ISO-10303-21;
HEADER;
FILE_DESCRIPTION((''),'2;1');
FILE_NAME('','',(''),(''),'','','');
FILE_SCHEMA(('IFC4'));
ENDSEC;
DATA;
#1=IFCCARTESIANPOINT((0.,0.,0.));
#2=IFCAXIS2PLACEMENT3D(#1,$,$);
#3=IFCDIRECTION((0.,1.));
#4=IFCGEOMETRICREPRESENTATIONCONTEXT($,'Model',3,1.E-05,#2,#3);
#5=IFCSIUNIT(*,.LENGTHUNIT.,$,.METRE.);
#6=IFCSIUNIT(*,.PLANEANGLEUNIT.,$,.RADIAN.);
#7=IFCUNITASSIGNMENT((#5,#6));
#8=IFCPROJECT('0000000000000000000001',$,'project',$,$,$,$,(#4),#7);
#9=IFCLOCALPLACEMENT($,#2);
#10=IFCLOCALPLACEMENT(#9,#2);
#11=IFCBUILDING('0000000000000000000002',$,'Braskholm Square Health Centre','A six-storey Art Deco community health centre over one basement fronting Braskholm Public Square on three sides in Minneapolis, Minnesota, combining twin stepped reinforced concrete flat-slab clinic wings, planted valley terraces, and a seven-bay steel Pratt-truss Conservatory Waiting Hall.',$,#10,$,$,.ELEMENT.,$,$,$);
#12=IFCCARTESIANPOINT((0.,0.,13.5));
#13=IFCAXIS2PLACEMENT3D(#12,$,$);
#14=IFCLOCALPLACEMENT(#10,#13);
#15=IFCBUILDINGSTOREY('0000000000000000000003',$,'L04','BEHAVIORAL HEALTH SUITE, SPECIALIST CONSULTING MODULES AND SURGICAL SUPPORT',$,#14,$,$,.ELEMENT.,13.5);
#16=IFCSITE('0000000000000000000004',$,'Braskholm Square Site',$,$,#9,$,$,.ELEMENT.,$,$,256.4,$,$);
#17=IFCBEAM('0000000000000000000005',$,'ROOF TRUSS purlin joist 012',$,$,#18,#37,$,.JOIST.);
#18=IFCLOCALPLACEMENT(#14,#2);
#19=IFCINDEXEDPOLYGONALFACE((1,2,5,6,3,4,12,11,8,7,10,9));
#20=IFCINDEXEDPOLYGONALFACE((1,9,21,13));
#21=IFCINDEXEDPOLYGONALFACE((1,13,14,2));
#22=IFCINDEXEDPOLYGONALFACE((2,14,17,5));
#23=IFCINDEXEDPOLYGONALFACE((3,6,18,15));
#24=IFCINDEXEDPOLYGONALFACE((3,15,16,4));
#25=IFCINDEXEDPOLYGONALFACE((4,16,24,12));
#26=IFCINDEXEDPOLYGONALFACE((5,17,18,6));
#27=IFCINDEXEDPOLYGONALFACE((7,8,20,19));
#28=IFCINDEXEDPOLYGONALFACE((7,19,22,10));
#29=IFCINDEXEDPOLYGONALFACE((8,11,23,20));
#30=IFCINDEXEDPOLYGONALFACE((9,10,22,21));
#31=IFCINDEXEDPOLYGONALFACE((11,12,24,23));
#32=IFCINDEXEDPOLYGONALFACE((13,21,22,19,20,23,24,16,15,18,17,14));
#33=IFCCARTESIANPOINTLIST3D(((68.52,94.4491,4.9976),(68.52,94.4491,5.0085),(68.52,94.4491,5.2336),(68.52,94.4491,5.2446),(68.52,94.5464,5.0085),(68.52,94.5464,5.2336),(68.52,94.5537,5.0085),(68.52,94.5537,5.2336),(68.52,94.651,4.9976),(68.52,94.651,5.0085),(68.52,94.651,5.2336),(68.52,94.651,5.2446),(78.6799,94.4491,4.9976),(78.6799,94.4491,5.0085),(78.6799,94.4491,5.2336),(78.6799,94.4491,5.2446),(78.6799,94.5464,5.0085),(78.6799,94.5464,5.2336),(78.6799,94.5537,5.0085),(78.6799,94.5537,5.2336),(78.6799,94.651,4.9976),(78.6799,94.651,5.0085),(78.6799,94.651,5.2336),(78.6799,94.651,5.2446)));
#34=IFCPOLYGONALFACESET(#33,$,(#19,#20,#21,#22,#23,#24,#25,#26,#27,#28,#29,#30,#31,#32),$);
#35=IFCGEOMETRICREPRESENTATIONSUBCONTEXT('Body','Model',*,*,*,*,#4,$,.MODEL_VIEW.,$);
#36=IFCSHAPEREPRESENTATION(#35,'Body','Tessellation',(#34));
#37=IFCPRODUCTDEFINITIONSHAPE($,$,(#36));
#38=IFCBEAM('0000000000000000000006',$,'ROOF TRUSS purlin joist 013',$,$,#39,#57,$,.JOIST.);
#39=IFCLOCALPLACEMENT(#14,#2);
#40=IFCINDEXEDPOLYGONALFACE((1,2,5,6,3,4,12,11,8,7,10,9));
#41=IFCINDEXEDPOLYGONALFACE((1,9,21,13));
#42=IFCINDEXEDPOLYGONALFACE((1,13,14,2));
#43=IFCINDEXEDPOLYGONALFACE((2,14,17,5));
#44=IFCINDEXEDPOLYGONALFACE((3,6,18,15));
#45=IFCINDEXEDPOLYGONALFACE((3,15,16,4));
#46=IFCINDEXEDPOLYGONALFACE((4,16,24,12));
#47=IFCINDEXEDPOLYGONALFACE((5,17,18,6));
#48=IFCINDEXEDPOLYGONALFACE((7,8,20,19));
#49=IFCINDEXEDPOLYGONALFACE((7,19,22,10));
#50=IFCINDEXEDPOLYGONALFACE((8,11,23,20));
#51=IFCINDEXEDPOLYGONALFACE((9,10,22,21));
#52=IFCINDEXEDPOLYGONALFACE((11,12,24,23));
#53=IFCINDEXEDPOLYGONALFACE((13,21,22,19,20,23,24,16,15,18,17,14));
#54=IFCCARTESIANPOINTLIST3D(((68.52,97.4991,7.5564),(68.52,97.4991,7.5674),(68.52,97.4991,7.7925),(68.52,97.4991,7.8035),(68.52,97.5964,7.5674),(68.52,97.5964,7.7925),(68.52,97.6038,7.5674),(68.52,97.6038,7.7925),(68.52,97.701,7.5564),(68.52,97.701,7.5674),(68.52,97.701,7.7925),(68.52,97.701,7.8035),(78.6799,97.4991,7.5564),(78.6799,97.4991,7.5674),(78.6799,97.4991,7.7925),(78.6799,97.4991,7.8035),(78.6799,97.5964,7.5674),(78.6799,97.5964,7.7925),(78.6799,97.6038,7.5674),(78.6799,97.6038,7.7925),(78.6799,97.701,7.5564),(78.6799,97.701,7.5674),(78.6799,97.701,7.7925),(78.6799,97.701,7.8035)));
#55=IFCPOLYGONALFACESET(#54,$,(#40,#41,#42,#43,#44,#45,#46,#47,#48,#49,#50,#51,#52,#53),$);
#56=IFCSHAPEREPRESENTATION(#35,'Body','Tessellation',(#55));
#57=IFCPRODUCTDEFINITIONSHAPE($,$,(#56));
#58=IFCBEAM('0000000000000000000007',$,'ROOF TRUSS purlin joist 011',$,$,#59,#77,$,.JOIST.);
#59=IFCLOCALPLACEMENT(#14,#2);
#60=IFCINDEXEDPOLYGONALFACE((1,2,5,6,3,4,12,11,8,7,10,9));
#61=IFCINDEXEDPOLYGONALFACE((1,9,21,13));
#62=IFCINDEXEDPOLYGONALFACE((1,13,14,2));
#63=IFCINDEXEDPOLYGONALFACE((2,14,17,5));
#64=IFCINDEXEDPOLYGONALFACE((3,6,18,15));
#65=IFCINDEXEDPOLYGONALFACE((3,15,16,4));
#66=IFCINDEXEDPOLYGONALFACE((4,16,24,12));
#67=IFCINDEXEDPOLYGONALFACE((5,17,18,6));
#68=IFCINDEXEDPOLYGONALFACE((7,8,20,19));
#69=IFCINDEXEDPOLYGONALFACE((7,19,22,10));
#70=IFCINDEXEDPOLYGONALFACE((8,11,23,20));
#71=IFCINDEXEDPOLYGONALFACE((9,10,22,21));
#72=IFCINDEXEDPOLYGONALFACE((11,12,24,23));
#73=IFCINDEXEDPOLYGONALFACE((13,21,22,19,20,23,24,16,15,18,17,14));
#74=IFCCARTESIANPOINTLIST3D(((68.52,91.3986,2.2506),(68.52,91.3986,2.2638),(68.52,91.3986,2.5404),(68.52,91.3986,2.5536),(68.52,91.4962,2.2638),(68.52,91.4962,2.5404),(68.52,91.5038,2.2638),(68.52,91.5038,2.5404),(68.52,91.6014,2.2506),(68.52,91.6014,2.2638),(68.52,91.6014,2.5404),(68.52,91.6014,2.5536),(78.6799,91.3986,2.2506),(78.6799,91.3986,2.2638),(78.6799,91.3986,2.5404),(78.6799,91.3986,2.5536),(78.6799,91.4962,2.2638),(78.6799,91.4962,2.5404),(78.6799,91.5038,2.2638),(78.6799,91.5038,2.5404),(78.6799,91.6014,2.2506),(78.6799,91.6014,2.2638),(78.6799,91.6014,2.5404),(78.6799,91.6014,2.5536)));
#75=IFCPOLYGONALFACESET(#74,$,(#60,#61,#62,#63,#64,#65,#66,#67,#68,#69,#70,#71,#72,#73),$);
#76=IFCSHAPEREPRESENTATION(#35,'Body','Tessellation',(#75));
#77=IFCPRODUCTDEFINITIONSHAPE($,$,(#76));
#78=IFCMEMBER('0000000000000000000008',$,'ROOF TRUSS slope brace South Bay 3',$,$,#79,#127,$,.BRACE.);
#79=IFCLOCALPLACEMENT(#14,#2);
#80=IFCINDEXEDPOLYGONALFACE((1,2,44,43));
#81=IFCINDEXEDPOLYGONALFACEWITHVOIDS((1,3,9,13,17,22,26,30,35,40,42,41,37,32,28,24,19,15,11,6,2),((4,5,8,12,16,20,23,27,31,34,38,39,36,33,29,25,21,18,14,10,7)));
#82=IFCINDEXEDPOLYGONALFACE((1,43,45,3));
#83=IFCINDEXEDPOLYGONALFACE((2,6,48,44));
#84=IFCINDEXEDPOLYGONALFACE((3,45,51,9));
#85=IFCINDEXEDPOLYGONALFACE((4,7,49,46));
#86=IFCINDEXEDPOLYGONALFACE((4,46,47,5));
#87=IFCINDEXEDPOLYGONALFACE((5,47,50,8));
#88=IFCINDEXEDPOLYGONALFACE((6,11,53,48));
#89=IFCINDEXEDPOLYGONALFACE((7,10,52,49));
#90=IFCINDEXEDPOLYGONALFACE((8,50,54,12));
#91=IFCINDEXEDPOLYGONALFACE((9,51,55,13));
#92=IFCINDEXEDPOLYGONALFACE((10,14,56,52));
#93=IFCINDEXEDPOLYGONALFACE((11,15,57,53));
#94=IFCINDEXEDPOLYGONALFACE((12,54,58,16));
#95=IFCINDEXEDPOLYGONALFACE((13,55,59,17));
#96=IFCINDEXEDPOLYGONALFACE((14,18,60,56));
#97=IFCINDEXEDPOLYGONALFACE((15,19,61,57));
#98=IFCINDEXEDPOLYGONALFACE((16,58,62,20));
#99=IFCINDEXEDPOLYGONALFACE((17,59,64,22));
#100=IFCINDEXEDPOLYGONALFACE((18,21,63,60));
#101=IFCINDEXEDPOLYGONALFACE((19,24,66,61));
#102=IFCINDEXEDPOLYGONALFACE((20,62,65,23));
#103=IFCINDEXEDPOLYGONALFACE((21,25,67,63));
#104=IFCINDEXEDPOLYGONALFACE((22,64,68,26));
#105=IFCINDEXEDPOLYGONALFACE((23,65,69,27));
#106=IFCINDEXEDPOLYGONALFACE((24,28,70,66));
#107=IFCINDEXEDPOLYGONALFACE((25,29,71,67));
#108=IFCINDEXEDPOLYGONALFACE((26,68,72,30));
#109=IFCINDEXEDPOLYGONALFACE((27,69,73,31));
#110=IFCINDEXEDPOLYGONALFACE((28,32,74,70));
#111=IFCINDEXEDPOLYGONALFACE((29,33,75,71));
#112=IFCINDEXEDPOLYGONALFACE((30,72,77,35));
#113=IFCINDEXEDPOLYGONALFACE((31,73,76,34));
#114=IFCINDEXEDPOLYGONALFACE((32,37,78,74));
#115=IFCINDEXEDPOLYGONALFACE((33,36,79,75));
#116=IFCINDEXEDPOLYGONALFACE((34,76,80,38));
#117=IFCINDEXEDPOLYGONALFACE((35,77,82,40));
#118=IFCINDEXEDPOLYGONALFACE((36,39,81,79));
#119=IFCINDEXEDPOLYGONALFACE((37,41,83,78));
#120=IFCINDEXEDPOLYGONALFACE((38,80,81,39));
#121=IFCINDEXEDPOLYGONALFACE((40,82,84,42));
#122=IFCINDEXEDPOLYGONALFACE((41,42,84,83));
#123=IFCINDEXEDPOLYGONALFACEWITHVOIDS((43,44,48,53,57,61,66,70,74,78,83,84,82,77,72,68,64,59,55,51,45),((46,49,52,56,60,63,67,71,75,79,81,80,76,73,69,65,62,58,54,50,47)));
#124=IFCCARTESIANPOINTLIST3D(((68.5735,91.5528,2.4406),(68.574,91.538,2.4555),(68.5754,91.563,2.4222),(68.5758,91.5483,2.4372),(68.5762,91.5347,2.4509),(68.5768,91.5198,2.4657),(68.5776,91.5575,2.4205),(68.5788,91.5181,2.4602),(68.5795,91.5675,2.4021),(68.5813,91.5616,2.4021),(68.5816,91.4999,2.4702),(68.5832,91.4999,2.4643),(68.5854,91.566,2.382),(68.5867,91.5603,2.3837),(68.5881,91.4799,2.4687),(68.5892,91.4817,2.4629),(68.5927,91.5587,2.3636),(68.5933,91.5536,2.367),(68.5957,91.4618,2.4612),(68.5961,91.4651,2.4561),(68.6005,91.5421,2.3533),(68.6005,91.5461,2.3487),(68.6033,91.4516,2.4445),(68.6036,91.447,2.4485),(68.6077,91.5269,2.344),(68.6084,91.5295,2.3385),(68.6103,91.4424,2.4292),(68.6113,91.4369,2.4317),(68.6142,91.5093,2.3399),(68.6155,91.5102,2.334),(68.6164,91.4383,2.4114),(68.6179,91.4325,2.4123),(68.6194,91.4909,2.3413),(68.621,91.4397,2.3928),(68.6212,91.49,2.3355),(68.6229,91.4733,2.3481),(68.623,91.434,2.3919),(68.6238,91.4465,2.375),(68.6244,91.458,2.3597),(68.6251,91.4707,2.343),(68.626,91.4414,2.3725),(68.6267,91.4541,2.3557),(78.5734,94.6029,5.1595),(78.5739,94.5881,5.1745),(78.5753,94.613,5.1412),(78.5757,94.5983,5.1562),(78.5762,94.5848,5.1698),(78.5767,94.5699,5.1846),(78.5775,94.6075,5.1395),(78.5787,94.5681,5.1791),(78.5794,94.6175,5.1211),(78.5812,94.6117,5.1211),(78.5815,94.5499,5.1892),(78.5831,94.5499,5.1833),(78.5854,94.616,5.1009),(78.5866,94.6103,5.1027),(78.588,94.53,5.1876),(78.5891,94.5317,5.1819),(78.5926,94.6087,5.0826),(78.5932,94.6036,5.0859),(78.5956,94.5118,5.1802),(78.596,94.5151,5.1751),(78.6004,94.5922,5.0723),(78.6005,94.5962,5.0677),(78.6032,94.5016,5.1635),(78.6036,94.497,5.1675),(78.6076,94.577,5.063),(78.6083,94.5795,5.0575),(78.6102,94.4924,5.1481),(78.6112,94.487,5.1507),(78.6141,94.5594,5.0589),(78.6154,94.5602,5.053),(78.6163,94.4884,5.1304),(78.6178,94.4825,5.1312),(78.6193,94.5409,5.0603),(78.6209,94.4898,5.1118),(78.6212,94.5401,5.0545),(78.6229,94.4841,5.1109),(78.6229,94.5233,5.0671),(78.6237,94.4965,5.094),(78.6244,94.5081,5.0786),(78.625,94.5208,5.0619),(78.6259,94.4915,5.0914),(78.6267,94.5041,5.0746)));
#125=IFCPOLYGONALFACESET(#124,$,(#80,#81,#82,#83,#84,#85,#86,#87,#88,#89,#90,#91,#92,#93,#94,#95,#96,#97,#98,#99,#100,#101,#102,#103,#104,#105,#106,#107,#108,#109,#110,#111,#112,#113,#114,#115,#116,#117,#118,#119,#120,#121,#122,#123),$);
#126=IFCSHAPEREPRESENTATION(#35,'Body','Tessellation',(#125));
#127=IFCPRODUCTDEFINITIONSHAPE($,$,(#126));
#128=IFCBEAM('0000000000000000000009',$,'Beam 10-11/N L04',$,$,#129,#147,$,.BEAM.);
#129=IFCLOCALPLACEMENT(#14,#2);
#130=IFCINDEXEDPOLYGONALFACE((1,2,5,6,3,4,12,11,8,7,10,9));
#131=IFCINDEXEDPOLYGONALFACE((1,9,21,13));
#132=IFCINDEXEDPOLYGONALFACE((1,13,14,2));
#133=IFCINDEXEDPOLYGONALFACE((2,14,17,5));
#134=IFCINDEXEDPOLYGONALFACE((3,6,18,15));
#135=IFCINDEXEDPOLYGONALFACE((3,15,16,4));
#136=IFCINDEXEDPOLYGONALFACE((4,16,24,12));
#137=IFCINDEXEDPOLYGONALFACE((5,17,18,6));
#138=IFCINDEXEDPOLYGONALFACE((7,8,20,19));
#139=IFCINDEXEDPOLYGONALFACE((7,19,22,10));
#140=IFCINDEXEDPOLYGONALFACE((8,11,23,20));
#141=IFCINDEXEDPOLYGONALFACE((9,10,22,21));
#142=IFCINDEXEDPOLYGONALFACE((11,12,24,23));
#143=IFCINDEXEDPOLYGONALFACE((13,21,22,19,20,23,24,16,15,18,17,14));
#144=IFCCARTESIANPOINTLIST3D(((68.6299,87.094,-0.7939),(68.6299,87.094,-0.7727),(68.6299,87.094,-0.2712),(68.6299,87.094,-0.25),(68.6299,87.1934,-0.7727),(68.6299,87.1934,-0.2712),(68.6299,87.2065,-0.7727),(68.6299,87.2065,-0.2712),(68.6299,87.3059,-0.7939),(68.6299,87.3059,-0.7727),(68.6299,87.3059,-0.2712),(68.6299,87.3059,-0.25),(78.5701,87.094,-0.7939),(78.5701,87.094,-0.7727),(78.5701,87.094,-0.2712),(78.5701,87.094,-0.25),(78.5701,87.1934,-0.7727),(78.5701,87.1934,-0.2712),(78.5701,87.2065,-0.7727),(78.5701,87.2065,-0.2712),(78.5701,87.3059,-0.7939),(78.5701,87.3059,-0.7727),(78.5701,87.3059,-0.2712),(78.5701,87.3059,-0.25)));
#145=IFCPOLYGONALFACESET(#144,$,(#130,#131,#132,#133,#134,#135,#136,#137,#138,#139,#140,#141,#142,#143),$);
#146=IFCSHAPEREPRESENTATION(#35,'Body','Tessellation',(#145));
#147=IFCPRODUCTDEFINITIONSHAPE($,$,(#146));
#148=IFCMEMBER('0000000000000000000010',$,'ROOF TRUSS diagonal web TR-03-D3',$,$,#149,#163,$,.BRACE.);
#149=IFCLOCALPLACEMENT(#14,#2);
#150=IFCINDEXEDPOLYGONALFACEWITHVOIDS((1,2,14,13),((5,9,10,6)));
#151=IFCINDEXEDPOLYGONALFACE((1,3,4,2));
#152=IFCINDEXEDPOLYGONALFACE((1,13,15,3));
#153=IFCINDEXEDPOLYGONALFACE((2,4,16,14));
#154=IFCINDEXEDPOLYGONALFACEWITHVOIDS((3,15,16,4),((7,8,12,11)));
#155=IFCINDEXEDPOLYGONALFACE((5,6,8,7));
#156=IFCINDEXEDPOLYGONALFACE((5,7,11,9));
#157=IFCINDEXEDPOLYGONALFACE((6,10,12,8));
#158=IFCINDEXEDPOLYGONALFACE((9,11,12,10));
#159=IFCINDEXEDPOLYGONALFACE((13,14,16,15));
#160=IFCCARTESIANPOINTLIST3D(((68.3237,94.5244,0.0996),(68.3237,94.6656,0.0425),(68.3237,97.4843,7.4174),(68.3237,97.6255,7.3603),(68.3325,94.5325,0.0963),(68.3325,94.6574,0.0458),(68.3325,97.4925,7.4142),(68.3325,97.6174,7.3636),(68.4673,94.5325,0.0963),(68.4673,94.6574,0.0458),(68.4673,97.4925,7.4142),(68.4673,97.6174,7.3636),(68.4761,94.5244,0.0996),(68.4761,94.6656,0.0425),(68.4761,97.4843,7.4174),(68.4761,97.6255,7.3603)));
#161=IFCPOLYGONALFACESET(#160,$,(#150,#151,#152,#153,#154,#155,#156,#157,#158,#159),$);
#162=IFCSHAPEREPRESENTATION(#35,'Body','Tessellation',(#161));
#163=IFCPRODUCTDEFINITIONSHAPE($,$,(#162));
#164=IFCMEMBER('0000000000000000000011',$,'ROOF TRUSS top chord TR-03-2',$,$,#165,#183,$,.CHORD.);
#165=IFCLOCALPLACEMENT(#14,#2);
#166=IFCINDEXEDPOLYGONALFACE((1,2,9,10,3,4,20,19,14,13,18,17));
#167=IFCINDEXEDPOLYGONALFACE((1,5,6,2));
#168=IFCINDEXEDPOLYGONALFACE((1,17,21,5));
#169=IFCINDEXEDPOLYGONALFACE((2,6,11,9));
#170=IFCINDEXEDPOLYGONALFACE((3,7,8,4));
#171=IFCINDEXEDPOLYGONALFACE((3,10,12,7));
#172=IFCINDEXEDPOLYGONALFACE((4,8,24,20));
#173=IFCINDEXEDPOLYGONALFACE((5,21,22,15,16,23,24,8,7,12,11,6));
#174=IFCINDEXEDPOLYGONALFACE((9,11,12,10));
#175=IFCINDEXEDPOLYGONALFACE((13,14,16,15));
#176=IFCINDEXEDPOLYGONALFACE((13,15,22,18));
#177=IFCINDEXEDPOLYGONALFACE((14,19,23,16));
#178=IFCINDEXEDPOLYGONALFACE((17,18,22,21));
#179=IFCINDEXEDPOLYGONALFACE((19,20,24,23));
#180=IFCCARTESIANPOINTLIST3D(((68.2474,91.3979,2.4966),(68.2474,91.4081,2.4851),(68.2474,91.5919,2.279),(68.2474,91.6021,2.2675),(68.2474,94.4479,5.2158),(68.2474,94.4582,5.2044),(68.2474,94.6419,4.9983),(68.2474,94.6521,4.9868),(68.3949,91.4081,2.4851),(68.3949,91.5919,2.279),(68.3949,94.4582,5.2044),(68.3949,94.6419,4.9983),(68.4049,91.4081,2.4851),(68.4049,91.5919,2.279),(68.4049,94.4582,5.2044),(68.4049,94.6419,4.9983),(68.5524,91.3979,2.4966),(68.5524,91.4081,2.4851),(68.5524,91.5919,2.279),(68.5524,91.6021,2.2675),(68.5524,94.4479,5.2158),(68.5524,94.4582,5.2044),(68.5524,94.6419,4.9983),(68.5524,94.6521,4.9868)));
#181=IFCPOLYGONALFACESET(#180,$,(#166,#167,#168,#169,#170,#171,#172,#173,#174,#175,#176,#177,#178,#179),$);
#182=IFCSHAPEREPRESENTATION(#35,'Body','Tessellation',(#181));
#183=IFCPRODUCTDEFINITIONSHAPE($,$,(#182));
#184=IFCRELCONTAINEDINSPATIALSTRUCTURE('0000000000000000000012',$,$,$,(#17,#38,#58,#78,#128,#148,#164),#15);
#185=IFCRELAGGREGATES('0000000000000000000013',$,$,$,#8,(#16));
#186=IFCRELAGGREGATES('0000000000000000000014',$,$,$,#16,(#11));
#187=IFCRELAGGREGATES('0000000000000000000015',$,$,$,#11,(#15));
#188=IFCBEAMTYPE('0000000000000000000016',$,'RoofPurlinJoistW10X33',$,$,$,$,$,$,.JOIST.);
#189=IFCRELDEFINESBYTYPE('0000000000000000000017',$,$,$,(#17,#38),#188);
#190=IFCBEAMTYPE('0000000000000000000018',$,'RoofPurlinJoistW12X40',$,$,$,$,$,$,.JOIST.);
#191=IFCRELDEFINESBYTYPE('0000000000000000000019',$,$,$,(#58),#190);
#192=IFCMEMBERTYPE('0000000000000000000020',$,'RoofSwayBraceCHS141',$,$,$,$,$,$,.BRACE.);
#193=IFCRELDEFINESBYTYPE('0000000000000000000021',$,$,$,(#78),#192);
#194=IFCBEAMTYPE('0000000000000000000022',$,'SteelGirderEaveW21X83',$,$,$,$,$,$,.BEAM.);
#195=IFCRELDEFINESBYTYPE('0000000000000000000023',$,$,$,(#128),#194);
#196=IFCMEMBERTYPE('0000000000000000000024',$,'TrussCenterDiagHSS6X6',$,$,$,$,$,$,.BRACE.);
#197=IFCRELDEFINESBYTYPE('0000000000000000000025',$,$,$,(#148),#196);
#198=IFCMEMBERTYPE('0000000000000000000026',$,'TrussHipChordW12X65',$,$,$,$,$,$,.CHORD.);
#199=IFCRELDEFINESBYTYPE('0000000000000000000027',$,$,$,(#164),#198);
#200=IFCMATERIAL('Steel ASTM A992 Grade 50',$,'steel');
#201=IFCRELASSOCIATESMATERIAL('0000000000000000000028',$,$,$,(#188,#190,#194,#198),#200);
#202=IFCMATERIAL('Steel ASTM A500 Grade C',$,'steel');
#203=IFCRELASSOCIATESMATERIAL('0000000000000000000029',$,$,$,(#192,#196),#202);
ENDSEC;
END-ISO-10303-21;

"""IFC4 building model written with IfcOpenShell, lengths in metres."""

from ifc_helpers import new_model, si_unit, direction, frame, origin, origin_2d, place, context, subcontext, project, spatial, hollow_rectangle, hollow_circle, i_section, extrude, material, material_profile, profile_set, type_object, element, save


model = new_model("IFC4")

# Units and contexts
model_context = context("Model", 3, precision=1e-05, world=origin(), true_north=direction((0.0, 1.0)))
body_context = subcontext(model_context, "Body", "Model", "MODEL_VIEW")
ifc_project = project(units=[si_unit("LENGTHUNIT", "METRE"), si_unit("PLANEANGLEUNIT", "RADIAN")], contexts=[model_context])

# Site, building, storey
site_placement = place(None, origin())
site = spatial("IfcSite", under=ifc_project, at=site_placement, Name="Braskholm Square Site", CompositionType="ELEMENT", RefElevation=256.4)
building_placement = place(site_placement, origin())
building = spatial("IfcBuilding", under=site, at=building_placement, Name="Braskholm Square Health Centre", Description="A six-storey Art Deco community health centre over one basement fronting Braskholm Public Square on three sides in Minneapolis, Minnesota, combining twin stepped reinforced concrete flat-slab clinic wings, planted valley terraces, and a seven-bay steel Pratt-truss Conservatory Waiting Hall.", CompositionType="ELEMENT")
storey_placement = place(building_placement, frame((0.0, 0.0, 13.5)))
storey = spatial("IfcBuildingStorey", under=building, at=storey_placement, Name="L04", Description="BEHAVIORAL HEALTH SUITE, SPECIALIST CONSULTING MODULES AND SURGICAL SUPPORT", CompositionType="ELEMENT", Elevation=13.5)

# Beams
ifc_material_1 = material(Name="Steel ASTM A992 Grade 50", Category="steel")
ifc_material_profile_1 = material_profile(ifc_material_1, i_section(OverallWidth=0.2019, OverallDepth=0.2471, WebThickness=0.0073, FlangeThickness=0.011, at=origin_2d()), Name="W10X33")
ifc_profile_set_1 = profile_set([ifc_material_profile_1], Name="Steel ASTM A992 Grade 50")
beam_type_1 = type_object("IfcBeamType", Name="RoofPurlinJoistW10X33", PredefinedType="JOIST", material=ifc_profile_set_1)
for number, where, z_axis, x_axis, name in (
    (1, (68.52, 94.55, 5.1211), (1.0, 0.0, 0.0), (0.0, 1.0, 0.0), "ROOF TRUSS purlin joist 012"),
    (2, (68.52, 97.6001, 7.6799), (1.0, 0.0, 0.0), (0.0, 1.0, 0.0), "ROOF TRUSS purlin joist 013"),
):
    element("IfcBeam", number, at=place(storey_placement, frame(where, z_axis=z_axis, x_axis=x_axis)), inside=storey, type_object=beam_type_1, Name=name, PredefinedType="JOIST", context=body_context, shape_type="SweptSolid", body=[
        extrude(i_section(OverallWidth=0.2019, OverallDepth=0.2471, WebThickness=0.0073, FlangeThickness=0.011, at=origin_2d()), origin(), (0.0, 0.0, 1.0), 10.1599),
    ])
ifc_material_profile_2 = material_profile(ifc_material_1, i_section(OverallWidth=0.2029, OverallDepth=0.303, WebThickness=0.0076, FlangeThickness=0.0132, at=origin_2d()), Name="W12X40")
ifc_profile_set_2 = profile_set([ifc_material_profile_2], Name="Steel ASTM A992 Grade 50")
beam_type_2 = type_object("IfcBeamType", Name="RoofPurlinJoistW12X40", PredefinedType="JOIST", material=ifc_profile_set_2)
beam_1_placement = place(storey_placement, frame((68.52, 91.5, 2.4021), z_axis=(1.0, 0.0, 0.0), x_axis=(0.0, 1.0, 0.0)))
element("IfcBeam", 3, at=beam_1_placement, inside=storey, type_object=beam_type_2, Name="ROOF TRUSS purlin joist 011", PredefinedType="JOIST", context=body_context, shape_type="SweptSolid", body=[
    extrude(i_section(OverallWidth=0.2029, OverallDepth=0.303, WebThickness=0.0076, FlangeThickness=0.0132, at=origin_2d()), origin(), (0.0, 0.0, 1.0), 10.1599),
])

# Member
ifc_material_2 = material(Name="Steel ASTM A500 Grade C", Category="steel")
ifc_material_profile_3 = material_profile(ifc_material_2, hollow_circle(Radius=0.0706, WallThickness=0.0061, at=origin_2d()), Name="HSS5.563X0.258")
ifc_profile_set_3 = profile_set([ifc_material_profile_3], Name="Steel ASTM A500 Grade C")
member_type_1 = type_object("IfcMemberType", Name="RoofSwayBraceCHS141", PredefinedType="BRACE", material=ifc_profile_set_3)
member_1_placement = place(storey_placement, frame((68.6001, 91.5, 2.4021), z_axis=(0.925705, 0.282344, 0.251699), x_axis=(-0.291737, 0.956499, 0.0)))
element("IfcMember", 4, at=member_1_placement, inside=storey, type_object=member_type_1, Name="ROOF TRUSS slope brace South Bay 3", PredefinedType="BRACE", context=body_context, shape_type="SweptSolid", body=[
    extrude(hollow_circle(Radius=0.0706, WallThickness=0.0061, at=origin_2d()), origin(), (0.0, 0.0, 1.0), 10.8025),
])

# Beam
ifc_material_profile_4 = material_profile(ifc_material_1, i_section(OverallWidth=0.2119, OverallDepth=0.5439, WebThickness=0.0132, FlangeThickness=0.0212, at=origin_2d()), Name="W21X83")
ifc_profile_set_4 = profile_set([ifc_material_profile_4], Name="Steel ASTM A992 Grade 50")
beam_type_3 = type_object("IfcBeamType", Name="SteelGirderEaveW21X83", PredefinedType="BEAM", material=ifc_profile_set_4)
beam_2_placement = place(storey_placement, frame((68.6299, 87.2, -0.522), z_axis=(1.0, 0.0, 0.0), x_axis=(0.0, 1.0, 0.0)))
element("IfcBeam", 5, at=beam_2_placement, inside=storey, type_object=beam_type_3, Name="Beam 10-11/N L04", PredefinedType="BEAM", context=body_context, shape_type="SweptSolid", body=[
    extrude(i_section(OverallWidth=0.2119, OverallDepth=0.5439, WebThickness=0.0132, FlangeThickness=0.0212, at=origin_2d()), origin(), (0.0, 0.0, 1.0), 9.9402),
])

# Members
ifc_material_profile_5 = material_profile(ifc_material_2, hollow_rectangle(XDim=0.1523, YDim=0.1523, WallThickness=0.0088, at=origin_2d()), Name="HSS6X6X3/8")
ifc_profile_set_5 = profile_set([ifc_material_profile_5], Name="Steel ASTM A500 Grade C")
member_type_2 = type_object("IfcMemberType", Name="TrussCenterDiagHSS6X6", PredefinedType="BRACE", material=ifc_profile_set_5)
member_2_placement = place(storey_placement, frame((68.3999, 94.595, 0.071), z_axis=(0.0, 0.374971, 0.927036), x_axis=(-1.0, 0.0, 0.0)))
element("IfcMember", 6, at=member_2_placement, inside=storey, type_object=member_type_2, Name="ROOF TRUSS diagonal web TR-03-D3", PredefinedType="BRACE", context=body_context, shape_type="SweptSolid", body=[
    extrude(hollow_rectangle(XDim=0.1523, YDim=0.1523, WallThickness=0.0088, at=origin_2d()), origin(), (0.0, 0.0, 1.0), 7.8938),
])
ifc_material_profile_6 = material_profile(ifc_material_1, i_section(OverallWidth=0.3049, OverallDepth=0.3069, WebThickness=0.01, FlangeThickness=0.0154, at=origin_2d()), Name="W12X65")
ifc_profile_set_6 = profile_set([ifc_material_profile_6], Name="Steel ASTM A992 Grade 50")
member_type_3 = type_object("IfcMemberType", Name="TrussHipChordW12X65", PredefinedType="CHORD", material=ifc_profile_set_6)
member_3_placement = place(storey_placement, frame((68.3999, 91.5, 2.3821), z_axis=(0.0, 0.746426, 0.665468), x_axis=(-1.0, 0.0, 0.0)))
element("IfcMember", 7, at=member_3_placement, inside=storey, type_object=member_type_3, Name="ROOF TRUSS top chord TR-03-2", PredefinedType="CHORD", context=body_context, shape_type="SweptSolid", body=[
    extrude(i_section(OverallWidth=0.3049, OverallDepth=0.3069, WebThickness=0.01, FlangeThickness=0.0154, at=origin_2d()), origin(), (0.0, 0.0, 1.0), 4.0862),
])

save(model, "model.ifc")
